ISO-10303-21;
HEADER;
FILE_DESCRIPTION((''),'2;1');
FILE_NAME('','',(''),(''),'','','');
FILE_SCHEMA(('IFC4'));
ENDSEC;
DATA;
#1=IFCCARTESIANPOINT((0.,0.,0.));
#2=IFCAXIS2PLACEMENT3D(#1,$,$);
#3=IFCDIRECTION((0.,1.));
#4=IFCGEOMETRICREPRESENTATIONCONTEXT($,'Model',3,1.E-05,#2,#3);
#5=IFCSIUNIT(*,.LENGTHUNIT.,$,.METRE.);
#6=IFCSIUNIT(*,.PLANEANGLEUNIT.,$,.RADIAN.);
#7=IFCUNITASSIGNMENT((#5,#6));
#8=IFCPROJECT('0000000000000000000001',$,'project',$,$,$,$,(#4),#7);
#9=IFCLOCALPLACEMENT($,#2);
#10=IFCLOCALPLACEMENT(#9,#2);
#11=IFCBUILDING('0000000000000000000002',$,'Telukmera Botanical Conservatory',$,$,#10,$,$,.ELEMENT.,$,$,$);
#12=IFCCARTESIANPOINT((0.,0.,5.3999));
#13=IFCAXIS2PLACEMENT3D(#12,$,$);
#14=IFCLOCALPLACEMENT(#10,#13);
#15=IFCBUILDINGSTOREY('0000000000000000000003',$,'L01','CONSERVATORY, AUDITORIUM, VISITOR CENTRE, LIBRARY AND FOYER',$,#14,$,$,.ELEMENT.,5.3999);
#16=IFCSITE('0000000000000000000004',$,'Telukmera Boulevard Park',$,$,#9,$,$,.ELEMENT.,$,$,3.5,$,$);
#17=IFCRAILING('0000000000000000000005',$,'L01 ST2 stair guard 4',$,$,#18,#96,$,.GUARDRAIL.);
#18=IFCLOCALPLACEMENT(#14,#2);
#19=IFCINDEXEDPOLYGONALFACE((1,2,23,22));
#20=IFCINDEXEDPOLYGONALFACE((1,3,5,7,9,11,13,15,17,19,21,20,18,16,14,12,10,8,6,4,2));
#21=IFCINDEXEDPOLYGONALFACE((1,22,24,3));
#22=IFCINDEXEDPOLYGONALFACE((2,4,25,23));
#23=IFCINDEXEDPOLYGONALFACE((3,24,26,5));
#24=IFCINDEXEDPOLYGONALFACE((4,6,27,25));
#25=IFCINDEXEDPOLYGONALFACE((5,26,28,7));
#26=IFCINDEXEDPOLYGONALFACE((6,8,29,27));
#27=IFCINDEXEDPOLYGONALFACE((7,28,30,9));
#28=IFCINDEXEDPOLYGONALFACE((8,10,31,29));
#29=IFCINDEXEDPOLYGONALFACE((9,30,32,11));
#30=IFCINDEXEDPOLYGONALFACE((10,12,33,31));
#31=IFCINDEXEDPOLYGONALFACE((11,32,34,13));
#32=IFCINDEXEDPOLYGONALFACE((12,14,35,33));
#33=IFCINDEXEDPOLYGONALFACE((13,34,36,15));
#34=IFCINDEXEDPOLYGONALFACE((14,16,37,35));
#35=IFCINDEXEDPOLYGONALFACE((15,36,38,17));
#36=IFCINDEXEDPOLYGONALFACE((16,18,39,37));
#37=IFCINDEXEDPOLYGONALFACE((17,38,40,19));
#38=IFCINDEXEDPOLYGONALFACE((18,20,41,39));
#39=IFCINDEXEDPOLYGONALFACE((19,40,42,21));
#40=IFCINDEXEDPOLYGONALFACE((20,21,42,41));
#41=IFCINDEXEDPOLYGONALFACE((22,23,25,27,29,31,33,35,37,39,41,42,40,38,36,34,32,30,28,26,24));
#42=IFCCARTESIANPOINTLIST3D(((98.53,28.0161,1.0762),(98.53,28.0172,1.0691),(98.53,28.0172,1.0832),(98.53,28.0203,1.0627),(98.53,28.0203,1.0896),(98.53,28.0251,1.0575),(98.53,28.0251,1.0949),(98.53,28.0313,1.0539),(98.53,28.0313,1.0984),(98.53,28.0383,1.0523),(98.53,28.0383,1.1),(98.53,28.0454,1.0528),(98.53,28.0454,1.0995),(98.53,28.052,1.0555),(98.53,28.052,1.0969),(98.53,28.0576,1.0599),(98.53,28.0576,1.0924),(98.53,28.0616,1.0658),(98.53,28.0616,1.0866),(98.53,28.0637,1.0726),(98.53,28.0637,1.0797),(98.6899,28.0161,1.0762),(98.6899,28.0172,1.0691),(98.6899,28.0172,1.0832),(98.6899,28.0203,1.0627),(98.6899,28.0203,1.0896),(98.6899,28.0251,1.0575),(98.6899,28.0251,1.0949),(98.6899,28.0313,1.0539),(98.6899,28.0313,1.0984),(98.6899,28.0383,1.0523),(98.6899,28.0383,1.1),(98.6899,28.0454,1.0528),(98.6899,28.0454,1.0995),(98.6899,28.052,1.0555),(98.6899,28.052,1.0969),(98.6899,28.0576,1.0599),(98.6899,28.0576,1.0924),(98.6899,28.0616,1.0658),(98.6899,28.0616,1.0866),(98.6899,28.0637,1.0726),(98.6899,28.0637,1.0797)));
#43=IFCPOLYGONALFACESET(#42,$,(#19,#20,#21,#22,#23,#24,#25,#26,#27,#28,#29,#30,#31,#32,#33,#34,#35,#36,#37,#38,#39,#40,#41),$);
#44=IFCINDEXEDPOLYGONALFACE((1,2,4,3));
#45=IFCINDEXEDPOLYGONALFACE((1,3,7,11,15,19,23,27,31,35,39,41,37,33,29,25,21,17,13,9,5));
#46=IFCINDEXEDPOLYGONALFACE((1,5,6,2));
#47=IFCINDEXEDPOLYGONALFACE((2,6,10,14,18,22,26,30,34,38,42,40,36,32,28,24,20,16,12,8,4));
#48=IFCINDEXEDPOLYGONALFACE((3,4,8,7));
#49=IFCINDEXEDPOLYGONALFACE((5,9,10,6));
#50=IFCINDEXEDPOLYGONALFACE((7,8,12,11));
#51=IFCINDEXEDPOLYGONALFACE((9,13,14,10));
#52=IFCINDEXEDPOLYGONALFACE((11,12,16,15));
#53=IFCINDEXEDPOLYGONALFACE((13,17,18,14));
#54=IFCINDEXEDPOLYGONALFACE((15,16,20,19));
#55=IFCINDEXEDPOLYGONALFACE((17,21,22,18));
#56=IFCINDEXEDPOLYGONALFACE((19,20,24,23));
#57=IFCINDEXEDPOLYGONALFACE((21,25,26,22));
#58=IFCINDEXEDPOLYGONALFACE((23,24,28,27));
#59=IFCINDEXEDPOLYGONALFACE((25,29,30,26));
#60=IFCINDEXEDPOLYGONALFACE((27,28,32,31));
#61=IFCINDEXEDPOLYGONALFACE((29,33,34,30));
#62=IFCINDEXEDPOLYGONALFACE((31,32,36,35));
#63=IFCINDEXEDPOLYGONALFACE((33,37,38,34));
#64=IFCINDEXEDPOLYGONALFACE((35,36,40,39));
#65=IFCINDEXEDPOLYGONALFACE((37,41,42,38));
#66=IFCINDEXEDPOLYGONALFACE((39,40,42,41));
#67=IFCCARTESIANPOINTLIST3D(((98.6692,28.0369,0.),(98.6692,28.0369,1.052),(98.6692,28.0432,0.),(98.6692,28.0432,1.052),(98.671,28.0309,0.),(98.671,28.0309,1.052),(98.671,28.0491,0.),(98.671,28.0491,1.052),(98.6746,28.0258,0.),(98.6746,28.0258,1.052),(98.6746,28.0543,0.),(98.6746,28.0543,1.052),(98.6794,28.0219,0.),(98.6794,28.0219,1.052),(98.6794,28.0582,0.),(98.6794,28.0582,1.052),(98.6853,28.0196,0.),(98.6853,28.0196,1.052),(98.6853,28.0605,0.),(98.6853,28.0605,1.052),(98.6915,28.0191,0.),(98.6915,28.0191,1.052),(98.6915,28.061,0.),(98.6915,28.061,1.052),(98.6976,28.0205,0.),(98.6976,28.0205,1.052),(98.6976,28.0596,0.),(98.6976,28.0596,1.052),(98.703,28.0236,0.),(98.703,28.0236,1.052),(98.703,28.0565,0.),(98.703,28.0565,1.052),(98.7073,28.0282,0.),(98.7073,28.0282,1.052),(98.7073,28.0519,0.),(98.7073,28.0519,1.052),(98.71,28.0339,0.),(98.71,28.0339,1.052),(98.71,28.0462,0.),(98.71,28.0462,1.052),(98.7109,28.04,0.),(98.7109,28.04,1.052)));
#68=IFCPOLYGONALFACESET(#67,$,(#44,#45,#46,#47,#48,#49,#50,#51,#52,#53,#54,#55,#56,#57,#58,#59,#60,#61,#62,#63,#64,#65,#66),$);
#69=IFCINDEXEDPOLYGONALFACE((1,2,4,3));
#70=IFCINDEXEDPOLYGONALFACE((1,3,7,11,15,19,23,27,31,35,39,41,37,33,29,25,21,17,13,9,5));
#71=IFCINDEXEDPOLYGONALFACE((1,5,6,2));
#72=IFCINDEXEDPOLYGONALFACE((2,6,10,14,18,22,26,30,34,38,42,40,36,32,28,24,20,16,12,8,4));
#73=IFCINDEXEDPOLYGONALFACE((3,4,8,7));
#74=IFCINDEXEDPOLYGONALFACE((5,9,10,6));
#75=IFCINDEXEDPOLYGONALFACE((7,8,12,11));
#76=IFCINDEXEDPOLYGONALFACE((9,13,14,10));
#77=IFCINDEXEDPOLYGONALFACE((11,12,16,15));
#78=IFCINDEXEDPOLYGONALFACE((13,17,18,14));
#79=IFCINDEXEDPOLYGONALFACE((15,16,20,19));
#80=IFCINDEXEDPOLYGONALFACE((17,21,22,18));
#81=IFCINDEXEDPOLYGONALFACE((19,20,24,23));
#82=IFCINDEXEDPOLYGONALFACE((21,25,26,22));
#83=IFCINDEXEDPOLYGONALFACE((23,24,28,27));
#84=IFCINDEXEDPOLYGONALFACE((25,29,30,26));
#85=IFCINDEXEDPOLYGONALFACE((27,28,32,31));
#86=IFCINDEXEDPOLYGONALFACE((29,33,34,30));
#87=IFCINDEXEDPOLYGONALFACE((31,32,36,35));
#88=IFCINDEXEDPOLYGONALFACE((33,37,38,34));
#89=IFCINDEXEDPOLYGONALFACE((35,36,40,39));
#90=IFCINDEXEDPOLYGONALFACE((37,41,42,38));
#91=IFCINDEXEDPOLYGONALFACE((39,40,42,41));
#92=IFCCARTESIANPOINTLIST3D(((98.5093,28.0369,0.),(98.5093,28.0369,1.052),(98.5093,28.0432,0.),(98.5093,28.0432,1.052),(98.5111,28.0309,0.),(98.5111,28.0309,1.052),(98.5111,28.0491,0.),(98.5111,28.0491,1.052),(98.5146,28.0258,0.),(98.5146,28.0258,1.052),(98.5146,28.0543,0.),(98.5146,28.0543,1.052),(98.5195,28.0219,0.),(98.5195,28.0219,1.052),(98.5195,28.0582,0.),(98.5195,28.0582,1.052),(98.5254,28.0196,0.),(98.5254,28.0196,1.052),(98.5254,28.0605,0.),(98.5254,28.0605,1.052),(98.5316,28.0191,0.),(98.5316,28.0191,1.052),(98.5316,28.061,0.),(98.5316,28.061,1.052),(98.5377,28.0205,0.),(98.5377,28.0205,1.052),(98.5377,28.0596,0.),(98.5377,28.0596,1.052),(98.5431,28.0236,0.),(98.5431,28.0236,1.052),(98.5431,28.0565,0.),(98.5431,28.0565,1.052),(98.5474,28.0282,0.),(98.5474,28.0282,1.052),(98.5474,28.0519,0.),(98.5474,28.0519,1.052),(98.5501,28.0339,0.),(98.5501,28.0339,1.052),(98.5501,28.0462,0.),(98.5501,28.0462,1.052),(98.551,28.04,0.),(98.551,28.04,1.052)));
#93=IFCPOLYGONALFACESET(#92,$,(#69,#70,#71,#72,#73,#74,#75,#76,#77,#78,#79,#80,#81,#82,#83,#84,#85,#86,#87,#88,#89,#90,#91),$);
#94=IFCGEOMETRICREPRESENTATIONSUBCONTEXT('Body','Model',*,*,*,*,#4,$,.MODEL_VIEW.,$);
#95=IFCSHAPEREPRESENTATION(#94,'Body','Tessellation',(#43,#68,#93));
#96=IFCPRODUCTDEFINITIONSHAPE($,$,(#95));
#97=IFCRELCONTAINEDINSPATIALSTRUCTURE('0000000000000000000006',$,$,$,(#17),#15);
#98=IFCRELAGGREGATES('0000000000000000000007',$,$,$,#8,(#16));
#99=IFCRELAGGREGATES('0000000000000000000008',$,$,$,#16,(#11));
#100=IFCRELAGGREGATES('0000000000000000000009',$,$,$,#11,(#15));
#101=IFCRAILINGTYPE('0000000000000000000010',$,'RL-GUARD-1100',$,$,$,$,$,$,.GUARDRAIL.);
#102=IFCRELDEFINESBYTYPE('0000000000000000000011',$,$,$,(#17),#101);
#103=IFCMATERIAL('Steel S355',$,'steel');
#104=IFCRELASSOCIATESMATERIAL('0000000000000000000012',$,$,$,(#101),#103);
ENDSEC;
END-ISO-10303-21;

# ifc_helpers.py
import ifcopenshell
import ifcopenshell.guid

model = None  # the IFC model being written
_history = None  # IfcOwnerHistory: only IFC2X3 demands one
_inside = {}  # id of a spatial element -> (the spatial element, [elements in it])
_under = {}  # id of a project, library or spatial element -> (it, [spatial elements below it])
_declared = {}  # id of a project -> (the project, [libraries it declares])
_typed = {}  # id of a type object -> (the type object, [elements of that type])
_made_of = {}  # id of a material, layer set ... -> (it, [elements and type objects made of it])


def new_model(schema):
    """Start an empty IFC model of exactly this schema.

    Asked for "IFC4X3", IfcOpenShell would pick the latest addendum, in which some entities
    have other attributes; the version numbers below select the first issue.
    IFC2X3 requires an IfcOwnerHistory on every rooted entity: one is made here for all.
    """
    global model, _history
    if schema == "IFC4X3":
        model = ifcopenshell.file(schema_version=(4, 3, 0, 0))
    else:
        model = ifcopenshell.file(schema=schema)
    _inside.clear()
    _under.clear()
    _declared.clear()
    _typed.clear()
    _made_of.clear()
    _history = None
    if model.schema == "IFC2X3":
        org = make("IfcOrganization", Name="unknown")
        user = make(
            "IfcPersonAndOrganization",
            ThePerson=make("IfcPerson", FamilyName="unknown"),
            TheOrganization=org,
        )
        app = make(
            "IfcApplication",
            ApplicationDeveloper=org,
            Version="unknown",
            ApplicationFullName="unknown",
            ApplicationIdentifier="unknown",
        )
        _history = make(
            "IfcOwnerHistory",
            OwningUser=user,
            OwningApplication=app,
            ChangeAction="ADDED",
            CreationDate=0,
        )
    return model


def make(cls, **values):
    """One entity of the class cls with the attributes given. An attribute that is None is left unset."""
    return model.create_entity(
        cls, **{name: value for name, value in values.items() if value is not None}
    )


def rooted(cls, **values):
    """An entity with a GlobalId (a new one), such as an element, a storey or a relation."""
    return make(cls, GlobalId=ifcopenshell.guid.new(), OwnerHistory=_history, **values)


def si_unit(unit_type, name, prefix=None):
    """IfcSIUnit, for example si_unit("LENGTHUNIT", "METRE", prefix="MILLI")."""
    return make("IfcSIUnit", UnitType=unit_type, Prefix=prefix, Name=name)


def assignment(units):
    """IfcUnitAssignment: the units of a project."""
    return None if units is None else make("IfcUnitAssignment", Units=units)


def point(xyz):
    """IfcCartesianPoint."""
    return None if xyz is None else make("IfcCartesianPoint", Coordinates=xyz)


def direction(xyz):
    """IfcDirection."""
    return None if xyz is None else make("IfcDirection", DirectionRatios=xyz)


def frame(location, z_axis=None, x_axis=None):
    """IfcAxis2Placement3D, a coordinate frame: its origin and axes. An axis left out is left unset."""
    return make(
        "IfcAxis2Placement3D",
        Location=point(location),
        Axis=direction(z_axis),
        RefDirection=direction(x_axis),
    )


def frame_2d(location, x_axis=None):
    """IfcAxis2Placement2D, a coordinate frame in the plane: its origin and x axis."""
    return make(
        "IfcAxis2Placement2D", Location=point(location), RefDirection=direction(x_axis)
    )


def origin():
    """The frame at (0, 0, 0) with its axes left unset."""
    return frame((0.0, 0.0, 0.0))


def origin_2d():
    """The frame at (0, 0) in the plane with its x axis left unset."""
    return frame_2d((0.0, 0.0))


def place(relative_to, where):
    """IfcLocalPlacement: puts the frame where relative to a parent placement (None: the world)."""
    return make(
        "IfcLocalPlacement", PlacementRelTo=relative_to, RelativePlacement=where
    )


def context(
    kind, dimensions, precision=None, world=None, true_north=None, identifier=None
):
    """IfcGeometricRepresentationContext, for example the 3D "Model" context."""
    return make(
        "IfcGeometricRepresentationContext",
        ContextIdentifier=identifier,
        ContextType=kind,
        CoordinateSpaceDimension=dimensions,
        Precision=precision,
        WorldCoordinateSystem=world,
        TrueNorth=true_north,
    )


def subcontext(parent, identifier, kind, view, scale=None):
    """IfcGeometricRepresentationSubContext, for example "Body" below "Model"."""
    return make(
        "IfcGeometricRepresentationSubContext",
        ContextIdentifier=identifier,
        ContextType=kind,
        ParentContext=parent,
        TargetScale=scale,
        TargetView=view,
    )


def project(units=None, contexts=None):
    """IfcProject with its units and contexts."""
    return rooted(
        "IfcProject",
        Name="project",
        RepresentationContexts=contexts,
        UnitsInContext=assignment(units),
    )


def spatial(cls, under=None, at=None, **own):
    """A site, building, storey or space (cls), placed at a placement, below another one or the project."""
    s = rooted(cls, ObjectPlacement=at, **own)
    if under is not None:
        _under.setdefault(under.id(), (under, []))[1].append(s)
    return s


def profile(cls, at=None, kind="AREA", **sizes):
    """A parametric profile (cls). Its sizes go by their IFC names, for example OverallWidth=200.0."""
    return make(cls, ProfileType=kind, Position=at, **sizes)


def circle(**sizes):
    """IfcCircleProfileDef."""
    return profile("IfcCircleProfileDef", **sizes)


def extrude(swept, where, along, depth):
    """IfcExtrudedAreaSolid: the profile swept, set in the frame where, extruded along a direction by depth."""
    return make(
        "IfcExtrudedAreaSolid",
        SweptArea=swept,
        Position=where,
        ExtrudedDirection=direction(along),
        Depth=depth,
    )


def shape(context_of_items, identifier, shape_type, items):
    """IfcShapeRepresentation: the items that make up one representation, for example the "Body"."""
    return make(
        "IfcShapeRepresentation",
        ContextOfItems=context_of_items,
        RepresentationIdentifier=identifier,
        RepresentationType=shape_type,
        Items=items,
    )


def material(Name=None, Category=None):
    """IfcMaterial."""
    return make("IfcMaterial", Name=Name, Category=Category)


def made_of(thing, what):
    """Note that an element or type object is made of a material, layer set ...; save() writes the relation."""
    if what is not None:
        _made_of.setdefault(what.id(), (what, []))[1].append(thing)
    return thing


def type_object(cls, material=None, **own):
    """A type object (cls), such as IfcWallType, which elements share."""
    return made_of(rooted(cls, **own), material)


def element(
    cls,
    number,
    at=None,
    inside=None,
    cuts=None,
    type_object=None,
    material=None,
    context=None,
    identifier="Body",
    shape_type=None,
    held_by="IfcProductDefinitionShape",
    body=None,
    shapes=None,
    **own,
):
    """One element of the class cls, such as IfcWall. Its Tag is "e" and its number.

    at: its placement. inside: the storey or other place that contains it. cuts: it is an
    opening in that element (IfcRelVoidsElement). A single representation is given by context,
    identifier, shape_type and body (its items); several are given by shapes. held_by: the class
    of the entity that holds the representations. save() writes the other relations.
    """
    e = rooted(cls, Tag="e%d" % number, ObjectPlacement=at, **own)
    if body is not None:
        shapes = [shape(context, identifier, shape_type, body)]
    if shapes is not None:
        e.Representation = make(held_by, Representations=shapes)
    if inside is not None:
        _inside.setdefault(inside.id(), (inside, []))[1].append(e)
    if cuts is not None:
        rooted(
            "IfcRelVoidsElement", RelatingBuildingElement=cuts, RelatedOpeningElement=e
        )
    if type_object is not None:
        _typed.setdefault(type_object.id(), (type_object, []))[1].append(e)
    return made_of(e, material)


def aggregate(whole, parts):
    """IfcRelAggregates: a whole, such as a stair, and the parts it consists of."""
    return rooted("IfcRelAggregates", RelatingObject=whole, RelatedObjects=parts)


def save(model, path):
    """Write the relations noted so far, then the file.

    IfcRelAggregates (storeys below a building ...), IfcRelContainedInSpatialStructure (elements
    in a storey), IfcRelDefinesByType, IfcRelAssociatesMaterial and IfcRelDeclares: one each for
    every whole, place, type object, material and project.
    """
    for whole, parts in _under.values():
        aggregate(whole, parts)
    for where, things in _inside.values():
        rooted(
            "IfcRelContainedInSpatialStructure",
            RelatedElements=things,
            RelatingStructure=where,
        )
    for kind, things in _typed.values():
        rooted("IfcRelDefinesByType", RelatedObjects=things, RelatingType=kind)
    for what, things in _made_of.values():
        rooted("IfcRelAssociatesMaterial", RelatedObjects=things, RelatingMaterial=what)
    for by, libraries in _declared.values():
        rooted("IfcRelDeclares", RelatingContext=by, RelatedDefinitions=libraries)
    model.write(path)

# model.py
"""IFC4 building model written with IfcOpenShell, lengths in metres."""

from ifc_helpers import new_model, si_unit, direction, frame, origin, origin_2d, place, context, subcontext, project, spatial, circle, extrude, material, type_object, element, save


model = new_model("IFC4")

# Units and contexts
model_context = context("Model", 3, precision=1e-05, world=origin(), true_north=direction((0.0, 1.0)))
body_context = subcontext(model_context, "Body", "Model", "MODEL_VIEW")
ifc_project = project(units=[si_unit("LENGTHUNIT", "METRE"), si_unit("PLANEANGLEUNIT", "RADIAN")], contexts=[model_context])

# Site, building, storey
site_placement = place(None, origin())
site = spatial("IfcSite", under=ifc_project, at=site_placement, Name="Telukmera Boulevard Park", CompositionType="ELEMENT", RefElevation=3.5)
building_placement = place(site_placement, origin())
building = spatial("IfcBuilding", under=site, at=building_placement, Name="Telukmera Botanical Conservatory", CompositionType="ELEMENT")
storey_placement = place(building_placement, frame((0.0, 0.0, 5.3999)))
storey = spatial("IfcBuildingStorey", under=building, at=storey_placement, Name="L01", Description="CONSERVATORY, AUDITORIUM, VISITOR CENTRE, LIBRARY AND FOYER", CompositionType="ELEMENT", Elevation=5.3999)

# Railing
ifc_material_1 = material(Name="Steel S355", Category="steel")
railing_type_1 = type_object("IfcRailingType", Name="RL-GUARD-1100", PredefinedType="GUARDRAIL", material=ifc_material_1)
railing_1_placement = place(storey_placement, frame((98.6899, 28.04, 0.0)))
element("IfcRailing", 1, at=railing_1_placement, inside=storey, type_object=railing_type_1, Name="L01 ST2 stair guard 4", PredefinedType="GUARDRAIL", context=body_context, shape_type="SweptSolid", body=[
    extrude(circle(Radius=0.0239, at=origin_2d()), frame((0.0, 0.0, 1.0762), z_axis=(-1.0, 0.0, 0.0), x_axis=(0.0, -1.0, 0.0)), (0.0, 0.0, 1.0), 0.1599),
    extrude(circle(Radius=0.021, at=origin_2d()), origin(), (0.0, 0.0, 1.0), 1.052),
    extrude(circle(Radius=0.021, at=origin_2d()), frame((-0.1599, 0.0, 0.0)), (0.0, 0.0, 1.0), 1.052),
])

save(model, "model.ifc")
